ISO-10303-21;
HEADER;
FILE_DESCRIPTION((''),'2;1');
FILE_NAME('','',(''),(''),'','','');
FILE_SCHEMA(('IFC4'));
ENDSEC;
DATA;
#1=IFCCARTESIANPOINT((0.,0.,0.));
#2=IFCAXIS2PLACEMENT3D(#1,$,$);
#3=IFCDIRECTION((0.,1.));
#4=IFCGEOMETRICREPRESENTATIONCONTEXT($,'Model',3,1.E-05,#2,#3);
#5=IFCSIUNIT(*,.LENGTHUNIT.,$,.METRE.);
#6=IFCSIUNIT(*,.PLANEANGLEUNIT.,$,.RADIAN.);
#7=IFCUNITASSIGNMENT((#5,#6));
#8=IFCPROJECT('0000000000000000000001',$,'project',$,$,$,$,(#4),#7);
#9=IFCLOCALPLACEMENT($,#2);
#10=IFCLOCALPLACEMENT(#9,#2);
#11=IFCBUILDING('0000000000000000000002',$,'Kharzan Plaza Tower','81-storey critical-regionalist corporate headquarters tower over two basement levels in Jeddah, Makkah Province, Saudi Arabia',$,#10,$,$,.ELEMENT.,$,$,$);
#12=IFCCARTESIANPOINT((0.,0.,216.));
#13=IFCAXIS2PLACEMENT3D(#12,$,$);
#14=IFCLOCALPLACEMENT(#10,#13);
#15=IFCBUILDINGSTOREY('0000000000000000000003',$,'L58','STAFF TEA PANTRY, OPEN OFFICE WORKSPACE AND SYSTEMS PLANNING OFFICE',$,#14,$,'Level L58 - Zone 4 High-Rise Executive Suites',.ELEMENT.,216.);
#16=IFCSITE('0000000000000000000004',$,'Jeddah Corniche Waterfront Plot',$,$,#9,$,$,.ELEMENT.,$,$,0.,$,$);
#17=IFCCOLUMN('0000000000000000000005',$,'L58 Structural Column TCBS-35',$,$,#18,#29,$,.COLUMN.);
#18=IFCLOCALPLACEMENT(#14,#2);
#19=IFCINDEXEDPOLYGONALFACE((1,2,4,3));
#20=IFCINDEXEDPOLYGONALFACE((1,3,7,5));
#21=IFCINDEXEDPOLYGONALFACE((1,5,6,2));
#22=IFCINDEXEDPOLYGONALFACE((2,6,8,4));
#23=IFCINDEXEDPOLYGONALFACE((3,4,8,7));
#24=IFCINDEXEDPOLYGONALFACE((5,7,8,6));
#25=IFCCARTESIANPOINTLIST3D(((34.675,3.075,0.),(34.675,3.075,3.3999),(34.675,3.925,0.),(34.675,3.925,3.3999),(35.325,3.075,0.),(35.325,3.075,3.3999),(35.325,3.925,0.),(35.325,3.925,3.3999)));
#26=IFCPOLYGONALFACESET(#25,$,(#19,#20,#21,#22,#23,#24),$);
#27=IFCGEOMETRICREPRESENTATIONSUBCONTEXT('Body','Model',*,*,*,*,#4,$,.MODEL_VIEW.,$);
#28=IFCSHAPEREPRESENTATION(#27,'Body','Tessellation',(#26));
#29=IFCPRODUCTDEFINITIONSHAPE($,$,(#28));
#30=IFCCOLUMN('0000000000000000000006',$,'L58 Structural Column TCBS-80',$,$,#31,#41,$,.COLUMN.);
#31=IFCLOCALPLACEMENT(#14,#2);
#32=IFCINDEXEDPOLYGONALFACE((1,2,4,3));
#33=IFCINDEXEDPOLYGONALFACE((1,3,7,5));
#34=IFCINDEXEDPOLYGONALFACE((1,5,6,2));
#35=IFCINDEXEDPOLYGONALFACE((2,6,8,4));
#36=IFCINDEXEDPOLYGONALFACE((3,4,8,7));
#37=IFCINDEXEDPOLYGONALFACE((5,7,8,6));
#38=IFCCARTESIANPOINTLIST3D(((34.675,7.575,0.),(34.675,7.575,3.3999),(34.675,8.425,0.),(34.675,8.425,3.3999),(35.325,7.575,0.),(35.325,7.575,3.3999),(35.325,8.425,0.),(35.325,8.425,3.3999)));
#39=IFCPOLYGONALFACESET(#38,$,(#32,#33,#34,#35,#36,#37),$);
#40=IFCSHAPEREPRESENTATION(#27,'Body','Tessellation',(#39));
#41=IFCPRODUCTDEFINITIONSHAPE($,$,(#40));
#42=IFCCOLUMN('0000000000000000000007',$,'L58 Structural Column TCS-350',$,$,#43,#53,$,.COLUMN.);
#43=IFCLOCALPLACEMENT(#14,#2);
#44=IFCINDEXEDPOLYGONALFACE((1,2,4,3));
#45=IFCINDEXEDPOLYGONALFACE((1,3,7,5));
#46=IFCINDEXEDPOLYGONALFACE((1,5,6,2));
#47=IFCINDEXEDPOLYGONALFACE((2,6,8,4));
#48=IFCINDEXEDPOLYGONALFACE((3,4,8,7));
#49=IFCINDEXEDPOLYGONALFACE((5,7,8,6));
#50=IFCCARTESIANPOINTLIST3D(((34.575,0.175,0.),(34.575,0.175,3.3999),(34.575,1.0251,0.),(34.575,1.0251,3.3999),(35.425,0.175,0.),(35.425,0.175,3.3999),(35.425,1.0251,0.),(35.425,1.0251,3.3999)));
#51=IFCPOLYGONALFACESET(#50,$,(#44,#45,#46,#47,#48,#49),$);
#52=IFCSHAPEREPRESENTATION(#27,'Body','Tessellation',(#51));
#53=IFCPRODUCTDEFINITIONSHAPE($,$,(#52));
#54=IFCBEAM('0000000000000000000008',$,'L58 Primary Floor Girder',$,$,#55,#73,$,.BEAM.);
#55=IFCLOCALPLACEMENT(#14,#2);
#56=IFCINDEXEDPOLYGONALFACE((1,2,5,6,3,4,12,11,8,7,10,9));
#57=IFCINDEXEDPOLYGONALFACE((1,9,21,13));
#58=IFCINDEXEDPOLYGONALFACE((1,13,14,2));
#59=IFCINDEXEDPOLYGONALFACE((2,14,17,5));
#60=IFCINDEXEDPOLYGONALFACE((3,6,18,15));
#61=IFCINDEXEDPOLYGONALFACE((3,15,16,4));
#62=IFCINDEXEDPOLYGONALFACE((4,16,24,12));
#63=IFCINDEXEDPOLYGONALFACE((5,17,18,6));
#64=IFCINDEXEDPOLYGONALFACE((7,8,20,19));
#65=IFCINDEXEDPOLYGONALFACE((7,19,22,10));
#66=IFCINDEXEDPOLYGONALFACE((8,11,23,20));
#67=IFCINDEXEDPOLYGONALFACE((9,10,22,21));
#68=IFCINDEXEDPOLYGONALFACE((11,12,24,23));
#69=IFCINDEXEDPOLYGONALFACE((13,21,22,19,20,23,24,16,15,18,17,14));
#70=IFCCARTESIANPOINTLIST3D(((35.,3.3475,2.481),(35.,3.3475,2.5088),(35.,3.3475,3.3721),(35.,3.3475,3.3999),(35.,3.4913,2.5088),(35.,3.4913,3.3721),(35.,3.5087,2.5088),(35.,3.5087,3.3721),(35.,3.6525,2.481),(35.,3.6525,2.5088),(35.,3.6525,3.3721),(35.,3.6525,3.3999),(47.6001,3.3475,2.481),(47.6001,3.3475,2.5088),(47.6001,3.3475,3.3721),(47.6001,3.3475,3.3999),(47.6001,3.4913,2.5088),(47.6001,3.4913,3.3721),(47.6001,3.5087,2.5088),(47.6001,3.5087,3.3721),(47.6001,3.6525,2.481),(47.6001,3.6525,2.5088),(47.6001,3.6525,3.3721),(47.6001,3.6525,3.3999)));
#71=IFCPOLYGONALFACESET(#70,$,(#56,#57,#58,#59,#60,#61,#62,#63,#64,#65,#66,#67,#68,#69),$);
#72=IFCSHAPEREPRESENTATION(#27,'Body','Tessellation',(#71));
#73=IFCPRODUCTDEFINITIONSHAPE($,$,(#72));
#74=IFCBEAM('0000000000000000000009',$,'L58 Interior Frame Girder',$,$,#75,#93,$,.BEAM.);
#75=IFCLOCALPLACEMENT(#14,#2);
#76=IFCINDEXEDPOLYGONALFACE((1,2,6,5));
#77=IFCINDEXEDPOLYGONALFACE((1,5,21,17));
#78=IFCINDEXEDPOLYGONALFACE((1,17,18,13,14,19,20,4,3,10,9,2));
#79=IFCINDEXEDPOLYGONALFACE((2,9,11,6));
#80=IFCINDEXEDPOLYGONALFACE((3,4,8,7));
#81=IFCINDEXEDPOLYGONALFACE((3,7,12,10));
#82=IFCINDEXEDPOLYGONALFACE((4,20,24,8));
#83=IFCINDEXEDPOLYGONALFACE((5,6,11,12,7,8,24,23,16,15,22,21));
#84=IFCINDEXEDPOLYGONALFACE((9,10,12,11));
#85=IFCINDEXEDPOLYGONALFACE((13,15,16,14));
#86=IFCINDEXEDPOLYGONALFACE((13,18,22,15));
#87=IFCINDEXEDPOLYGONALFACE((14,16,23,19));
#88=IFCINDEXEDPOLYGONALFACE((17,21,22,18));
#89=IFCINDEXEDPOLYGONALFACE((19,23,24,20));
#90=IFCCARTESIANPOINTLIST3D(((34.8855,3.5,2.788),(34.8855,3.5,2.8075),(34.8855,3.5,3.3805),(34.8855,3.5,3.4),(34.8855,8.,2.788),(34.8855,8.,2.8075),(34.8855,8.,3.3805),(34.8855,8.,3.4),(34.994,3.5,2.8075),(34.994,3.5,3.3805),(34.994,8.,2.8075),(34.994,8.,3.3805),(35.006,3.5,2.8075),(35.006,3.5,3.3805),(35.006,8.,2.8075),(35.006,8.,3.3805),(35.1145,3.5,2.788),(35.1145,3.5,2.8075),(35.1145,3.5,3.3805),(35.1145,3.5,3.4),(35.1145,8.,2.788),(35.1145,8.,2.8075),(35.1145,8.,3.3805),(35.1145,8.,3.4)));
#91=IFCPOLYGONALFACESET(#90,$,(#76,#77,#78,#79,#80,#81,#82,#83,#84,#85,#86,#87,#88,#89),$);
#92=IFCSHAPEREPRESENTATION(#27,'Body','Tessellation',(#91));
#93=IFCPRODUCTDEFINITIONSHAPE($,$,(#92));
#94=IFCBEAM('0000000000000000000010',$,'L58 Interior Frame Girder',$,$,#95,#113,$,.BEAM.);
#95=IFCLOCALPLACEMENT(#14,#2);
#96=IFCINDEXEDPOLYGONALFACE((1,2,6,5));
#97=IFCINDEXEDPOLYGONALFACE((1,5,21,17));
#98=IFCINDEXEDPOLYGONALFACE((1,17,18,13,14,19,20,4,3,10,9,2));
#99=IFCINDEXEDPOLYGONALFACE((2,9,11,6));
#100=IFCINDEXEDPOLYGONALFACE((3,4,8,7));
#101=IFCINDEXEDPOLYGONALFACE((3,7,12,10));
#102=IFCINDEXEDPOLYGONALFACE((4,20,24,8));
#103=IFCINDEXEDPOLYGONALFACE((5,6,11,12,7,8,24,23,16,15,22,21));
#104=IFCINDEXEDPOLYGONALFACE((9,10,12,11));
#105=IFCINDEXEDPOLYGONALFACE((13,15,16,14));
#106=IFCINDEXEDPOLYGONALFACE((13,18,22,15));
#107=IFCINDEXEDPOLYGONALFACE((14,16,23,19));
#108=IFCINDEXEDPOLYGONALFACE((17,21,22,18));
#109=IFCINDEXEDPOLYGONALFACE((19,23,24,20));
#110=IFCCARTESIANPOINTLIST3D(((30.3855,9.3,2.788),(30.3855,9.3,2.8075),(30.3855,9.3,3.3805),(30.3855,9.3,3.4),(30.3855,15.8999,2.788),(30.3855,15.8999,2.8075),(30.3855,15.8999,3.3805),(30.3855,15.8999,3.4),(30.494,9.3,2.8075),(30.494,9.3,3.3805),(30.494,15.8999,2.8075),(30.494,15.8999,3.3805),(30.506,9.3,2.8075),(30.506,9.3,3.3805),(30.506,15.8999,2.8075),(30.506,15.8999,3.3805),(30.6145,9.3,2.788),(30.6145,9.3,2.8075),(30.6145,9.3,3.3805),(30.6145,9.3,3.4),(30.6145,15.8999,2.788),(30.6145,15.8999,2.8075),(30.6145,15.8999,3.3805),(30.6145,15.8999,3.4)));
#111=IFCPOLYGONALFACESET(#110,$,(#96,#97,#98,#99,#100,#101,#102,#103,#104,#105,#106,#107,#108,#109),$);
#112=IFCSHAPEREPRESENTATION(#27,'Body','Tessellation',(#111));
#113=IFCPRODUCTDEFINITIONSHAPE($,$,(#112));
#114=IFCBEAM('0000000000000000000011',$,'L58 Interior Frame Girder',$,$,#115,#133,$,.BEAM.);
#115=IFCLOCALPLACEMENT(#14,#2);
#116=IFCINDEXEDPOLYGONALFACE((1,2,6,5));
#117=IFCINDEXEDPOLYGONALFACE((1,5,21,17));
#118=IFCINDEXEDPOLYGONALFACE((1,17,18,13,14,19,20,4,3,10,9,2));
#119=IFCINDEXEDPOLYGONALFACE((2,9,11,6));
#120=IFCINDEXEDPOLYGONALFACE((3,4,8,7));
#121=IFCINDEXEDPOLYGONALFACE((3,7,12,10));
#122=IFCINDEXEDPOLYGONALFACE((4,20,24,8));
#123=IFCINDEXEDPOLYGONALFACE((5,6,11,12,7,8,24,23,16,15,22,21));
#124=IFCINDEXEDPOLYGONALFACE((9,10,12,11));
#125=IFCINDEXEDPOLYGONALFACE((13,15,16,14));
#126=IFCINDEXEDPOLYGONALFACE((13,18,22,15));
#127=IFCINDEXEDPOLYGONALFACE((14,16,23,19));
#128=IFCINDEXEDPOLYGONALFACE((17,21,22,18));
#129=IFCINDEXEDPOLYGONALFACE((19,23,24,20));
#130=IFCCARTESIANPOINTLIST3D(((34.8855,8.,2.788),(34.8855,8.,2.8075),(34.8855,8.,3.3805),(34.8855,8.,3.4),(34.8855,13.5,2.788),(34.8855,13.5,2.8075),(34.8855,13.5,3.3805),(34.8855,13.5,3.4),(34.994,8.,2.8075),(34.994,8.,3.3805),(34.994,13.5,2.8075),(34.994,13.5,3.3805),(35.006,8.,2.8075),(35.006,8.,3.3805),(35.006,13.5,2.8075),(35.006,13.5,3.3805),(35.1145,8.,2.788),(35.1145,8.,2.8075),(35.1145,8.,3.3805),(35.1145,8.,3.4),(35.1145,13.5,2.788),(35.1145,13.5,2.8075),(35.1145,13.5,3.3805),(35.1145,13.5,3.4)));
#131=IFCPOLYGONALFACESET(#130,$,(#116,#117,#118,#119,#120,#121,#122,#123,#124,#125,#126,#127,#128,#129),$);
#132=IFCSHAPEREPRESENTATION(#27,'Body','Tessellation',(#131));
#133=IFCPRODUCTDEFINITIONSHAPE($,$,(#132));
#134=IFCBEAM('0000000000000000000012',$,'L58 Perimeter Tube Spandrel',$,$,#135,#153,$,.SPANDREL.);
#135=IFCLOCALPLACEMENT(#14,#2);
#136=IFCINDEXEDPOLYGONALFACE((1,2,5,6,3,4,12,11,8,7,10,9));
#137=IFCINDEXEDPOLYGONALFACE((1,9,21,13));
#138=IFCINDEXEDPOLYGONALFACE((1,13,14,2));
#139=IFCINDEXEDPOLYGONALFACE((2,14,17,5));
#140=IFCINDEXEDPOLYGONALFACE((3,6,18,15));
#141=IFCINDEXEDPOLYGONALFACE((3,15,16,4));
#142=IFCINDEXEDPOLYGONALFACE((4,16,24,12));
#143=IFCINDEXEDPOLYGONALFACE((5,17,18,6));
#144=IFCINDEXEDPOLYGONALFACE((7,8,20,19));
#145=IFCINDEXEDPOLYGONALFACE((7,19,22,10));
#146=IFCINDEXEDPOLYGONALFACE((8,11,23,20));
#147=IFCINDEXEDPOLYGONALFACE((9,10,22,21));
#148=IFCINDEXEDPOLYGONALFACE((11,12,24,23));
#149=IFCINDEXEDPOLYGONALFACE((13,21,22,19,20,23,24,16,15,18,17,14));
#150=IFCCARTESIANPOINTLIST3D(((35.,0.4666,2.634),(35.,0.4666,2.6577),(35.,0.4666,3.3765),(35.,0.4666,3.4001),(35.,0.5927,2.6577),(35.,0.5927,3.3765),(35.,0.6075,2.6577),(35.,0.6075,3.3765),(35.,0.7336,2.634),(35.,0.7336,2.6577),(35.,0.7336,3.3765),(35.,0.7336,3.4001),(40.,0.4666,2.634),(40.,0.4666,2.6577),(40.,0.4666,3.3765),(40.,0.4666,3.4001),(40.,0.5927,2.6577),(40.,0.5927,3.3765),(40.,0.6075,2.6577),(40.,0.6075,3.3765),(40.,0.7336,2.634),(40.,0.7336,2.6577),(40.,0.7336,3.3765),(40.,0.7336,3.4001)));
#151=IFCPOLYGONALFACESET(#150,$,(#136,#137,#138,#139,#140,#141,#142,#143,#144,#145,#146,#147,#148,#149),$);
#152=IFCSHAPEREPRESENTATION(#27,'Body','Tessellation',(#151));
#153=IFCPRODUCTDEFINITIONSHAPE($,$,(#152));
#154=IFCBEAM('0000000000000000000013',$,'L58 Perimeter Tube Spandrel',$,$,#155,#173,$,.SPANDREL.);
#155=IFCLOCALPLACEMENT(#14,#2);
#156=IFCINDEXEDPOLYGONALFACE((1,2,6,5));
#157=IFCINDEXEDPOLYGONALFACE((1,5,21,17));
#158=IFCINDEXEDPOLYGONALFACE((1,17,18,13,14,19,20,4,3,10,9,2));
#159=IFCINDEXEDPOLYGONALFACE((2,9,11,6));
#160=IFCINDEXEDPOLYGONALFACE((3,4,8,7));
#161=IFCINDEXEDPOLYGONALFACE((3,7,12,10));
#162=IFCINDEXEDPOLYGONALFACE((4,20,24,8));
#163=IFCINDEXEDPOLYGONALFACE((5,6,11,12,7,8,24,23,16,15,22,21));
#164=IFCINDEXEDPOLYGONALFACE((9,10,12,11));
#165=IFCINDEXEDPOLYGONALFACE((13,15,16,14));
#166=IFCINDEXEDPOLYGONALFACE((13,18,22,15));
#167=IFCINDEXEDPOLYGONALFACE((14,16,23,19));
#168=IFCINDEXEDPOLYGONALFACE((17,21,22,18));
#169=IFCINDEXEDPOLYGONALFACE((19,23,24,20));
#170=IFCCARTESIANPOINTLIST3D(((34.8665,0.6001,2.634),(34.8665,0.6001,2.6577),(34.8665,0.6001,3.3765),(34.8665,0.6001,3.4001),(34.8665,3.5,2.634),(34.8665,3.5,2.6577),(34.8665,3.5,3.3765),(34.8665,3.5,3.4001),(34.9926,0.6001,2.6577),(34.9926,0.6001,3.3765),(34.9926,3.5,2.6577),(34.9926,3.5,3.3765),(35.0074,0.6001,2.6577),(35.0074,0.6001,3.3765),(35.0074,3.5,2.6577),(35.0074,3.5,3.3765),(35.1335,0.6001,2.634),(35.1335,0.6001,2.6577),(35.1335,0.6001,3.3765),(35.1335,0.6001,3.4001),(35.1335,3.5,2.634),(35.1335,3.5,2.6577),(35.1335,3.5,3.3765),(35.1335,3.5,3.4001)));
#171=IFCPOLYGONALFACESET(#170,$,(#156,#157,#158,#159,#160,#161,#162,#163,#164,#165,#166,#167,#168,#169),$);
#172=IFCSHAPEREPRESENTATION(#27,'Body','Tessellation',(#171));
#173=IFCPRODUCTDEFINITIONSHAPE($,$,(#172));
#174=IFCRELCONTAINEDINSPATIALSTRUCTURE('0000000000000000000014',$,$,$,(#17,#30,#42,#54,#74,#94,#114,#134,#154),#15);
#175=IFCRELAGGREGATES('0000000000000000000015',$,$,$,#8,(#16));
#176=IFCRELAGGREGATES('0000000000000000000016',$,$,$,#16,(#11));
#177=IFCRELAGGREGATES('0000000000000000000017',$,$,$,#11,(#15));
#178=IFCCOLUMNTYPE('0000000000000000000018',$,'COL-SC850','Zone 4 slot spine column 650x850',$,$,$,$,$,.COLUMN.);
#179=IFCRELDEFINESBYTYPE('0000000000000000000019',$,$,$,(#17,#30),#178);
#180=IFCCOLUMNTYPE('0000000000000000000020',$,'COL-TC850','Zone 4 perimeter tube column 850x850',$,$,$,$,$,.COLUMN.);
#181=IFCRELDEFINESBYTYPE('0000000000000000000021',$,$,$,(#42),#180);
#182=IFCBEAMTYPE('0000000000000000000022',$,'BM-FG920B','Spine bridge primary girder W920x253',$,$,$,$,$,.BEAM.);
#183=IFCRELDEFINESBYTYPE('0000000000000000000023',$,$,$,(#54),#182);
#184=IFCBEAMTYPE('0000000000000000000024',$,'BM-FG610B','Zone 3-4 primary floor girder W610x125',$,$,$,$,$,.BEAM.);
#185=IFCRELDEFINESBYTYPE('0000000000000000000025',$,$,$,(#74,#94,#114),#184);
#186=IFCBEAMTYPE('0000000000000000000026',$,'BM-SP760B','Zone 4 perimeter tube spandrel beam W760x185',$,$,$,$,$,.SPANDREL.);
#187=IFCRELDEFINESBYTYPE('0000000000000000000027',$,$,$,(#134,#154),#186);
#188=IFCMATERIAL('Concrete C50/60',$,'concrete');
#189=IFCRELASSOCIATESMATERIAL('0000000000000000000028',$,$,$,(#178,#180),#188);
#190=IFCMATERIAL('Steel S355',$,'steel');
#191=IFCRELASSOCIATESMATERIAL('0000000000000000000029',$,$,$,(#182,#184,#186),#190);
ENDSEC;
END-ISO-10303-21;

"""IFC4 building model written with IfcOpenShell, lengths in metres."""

from ifc_helpers import new_model, si_unit, direction, frame, origin, origin_2d, place, context, subcontext, project, spatial, rectangle, i_section, extrude, source, transform, mapped, material, material_profile, profile_set, type_object, element, save


model = new_model("IFC4")

# Units and contexts
model_context = context("Model", 3, precision=1e-05, world=origin(), true_north=direction((0.0, 1.0)))
body_context = subcontext(model_context, "Body", "Model", "MODEL_VIEW")
ifc_project = project(units=[si_unit("LENGTHUNIT", "METRE"), si_unit("PLANEANGLEUNIT", "RADIAN")], contexts=[model_context])

# Site, building, storey
site_placement = place(None, origin())
site = spatial("IfcSite", under=ifc_project, at=site_placement, Name="Jeddah Corniche Waterfront Plot", CompositionType="ELEMENT", RefElevation=0.0)
building_placement = place(site_placement, origin())
building = spatial("IfcBuilding", under=site, at=building_placement, Name="Kharzan Plaza Tower", Description="81-storey critical-regionalist corporate headquarters tower over two basement levels in Jeddah, Makkah Province, Saudi Arabia", CompositionType="ELEMENT")
storey_placement = place(building_placement, frame((0.0, 0.0, 216.0)))
storey = spatial("IfcBuildingStorey", under=building, at=storey_placement, Name="L58", Description="STAFF TEA PANTRY, OPEN OFFICE WORKSPACE AND SYSTEMS PLANNING OFFICE", LongName="Level L58 - Zone 4 High-Rise Executive Suites", CompositionType="ELEMENT", Elevation=216.0)

# Columns
ifc_material_1 = material(Name="Concrete C50/60", Category="concrete")
ifc_material_profile_1 = material_profile(ifc_material_1, rectangle(XDim=0.6499, YDim=0.8501, at=origin_2d()), Name="RC-SC850x650")
ifc_profile_set_1 = profile_set([ifc_material_profile_1], Name="Concrete C50/60")
column_type_1 = type_object("IfcColumnType", Name="COL-SC850", Description="Zone 4 slot spine column 650x850", PredefinedType="COLUMN", material=ifc_profile_set_1)
shared_shape_1 = source(origin(), body_context, "Body", "SweptSolid", [
    extrude(rectangle(XDim=0.6499, YDim=0.8501, at=origin_2d()), origin(), (0.0, 0.0, 1.0), 3.3999),
])
for number, where, z_axis, x_axis, name in (
    (1, (35.0, 3.5, 0.0), (0.0, 0.0, 1.0), (1.0, 0.0, 0.0), "L58 Structural Column TCBS-35"),
    (2, (35.0, 8.0, 0.0), (0.0, 0.0, 1.0), (1.0, 0.0, 0.0), "L58 Structural Column TCBS-80"),
):
    element("IfcColumn", number, at=place(storey_placement, frame(where, z_axis=z_axis, x_axis=x_axis)), inside=storey, type_object=column_type_1, Name=name, PredefinedType="COLUMN", context=body_context, shape_type="MappedRepresentation", body=[
        mapped(shared_shape_1, transform((0.0, 0.0, 0.0), x_axis=(1.0, 0.0, 0.0), y_axis=(0.0, 1.0, 0.0), z_axis=(0.0, 0.0, 1.0))),
    ])
ifc_material_profile_2 = material_profile(ifc_material_1, rectangle(XDim=0.8501, YDim=0.8501, at=origin_2d()), Name="RC-TC850x850")
ifc_profile_set_2 = profile_set([ifc_material_profile_2], Name="Concrete C50/60")
column_type_2 = type_object("IfcColumnType", Name="COL-TC850", Description="Zone 4 perimeter tube column 850x850", PredefinedType="COLUMN", material=ifc_profile_set_2)
shared_shape_2 = source(origin(), body_context, "Body", "SweptSolid", [
    extrude(rectangle(XDim=0.8501, YDim=0.8501, at=origin_2d()), origin(), (0.0, 0.0, 1.0), 3.3999),
])
column_placement = place(storey_placement, frame((35.0, 0.6001, 0.0), z_axis=(0.0, 0.0, 1.0), x_axis=(1.0, 0.0, 0.0)))
element("IfcColumn", 3, at=column_placement, inside=storey, type_object=column_type_2, Name="L58 Structural Column TCS-350", PredefinedType="COLUMN", context=body_context, shape_type="MappedRepresentation", body=[
    mapped(shared_shape_2, transform((0.0, 0.0, 0.0), x_axis=(1.0, 0.0, 0.0), y_axis=(0.0, 1.0, 0.0), z_axis=(0.0, 0.0, 1.0))),
])

# Beams
ifc_material_2 = material(Name="Steel S355", Category="steel")
ifc_material_profile_3 = material_profile(ifc_material_2, i_section(OverallWidth=0.3049, OverallDepth=0.9189, WebThickness=0.0173, FlangeThickness=0.0278, at=origin_2d()), Name="W920x253")
ifc_profile_set_3 = profile_set([ifc_material_profile_3], Name="Steel S355")
beam_type_1 = type_object("IfcBeamType", Name="BM-FG920B", Description="Spine bridge primary girder W920x253", PredefinedType="BEAM", material=ifc_profile_set_3)
shared_shape_3 = source(origin(), body_context, "Body", "SweptSolid", [
    extrude(i_section(OverallWidth=0.3049, OverallDepth=0.9189, WebThickness=0.0173, FlangeThickness=0.0278, at=origin_2d()), origin(), (0.0, 0.0, 1.0), 12.6001),
])
beam_1_placement = place(storey_placement, frame((35.0, 3.5, 2.9404), z_axis=(1.0, 0.0, 0.0), x_axis=(0.0, 1.0, 0.0)))
element("IfcBeam", 4, at=beam_1_placement, inside=storey, type_object=beam_type_1, Name="L58 Primary Floor Girder", PredefinedType="BEAM", context=body_context, shape_type="MappedRepresentation", body=[
    mapped(shared_shape_3, transform((0.0, 0.0, 0.0), x_axis=(1.0, 0.0, 0.0), y_axis=(0.0, 1.0, 0.0), z_axis=(0.0, 0.0, 1.0))),
])
ifc_material_profile_4 = material_profile(ifc_material_2, i_section(OverallWidth=0.229, OverallDepth=0.6121, WebThickness=0.012, FlangeThickness=0.0195, at=origin_2d()), Name="W610x125")
ifc_profile_set_4 = profile_set([ifc_material_profile_4], Name="Steel S355")
beam_type_2 = type_object("IfcBeamType", Name="BM-FG610B", Description="Zone 3-4 primary floor girder W610x125", PredefinedType="BEAM", material=ifc_profile_set_4)
shared_shape_4 = source(origin(), body_context, "Body", "SweptSolid", [
    extrude(i_section(OverallWidth=0.229, OverallDepth=0.6121, WebThickness=0.012, FlangeThickness=0.0195, at=origin_2d()), origin(), (0.0, 0.0, 1.0), 4.5),
])
beam_2_placement = place(storey_placement, frame((35.0, 3.5, 3.094), z_axis=(0.0, 1.0, 0.0), x_axis=(-1.0, 0.0, 0.0)))
element("IfcBeam", 5, at=beam_2_placement, inside=storey, type_object=beam_type_2, Name="L58 Interior Frame Girder", PredefinedType="BEAM", context=body_context, shape_type="MappedRepresentation", body=[
    mapped(shared_shape_4, transform((0.0, 0.0, 0.0), x_axis=(1.0, 0.0, 0.0), y_axis=(0.0, 1.0, 0.0), z_axis=(0.0, 0.0, 1.0))),
])
shared_shape_5 = source(origin(), body_context, "Body", "SweptSolid", [
    extrude(i_section(OverallWidth=0.229, OverallDepth=0.6121, WebThickness=0.012, FlangeThickness=0.0195, at=origin_2d()), origin(), (0.0, 0.0, 1.0), 6.5999),
])
beam_3_placement = place(storey_placement, frame((30.5, 9.3, 3.094), z_axis=(0.0, 1.0, 0.0), x_axis=(-1.0, 0.0, 0.0)))
element("IfcBeam", 6, at=beam_3_placement, inside=storey, type_object=beam_type_2, Name="L58 Interior Frame Girder", PredefinedType="BEAM", context=body_context, shape_type="MappedRepresentation", body=[
    mapped(shared_shape_5, transform((0.0, 0.0, 0.0), x_axis=(1.0, 0.0, 0.0), y_axis=(0.0, 1.0, 0.0), z_axis=(0.0, 0.0, 1.0))),
])
shared_shape_6 = source(origin(), body_context, "Body", "SweptSolid", [
    extrude(i_section(OverallWidth=0.229, OverallDepth=0.6121, WebThickness=0.012, FlangeThickness=0.0195, at=origin_2d()), origin(), (0.0, 0.0, 1.0), 5.5),
])
beam_4_placement = place(storey_placement, frame((35.0, 8.0, 3.094), z_axis=(0.0, 1.0, 0.0), x_axis=(-1.0, 0.0, 0.0)))
element("IfcBeam", 7, at=beam_4_placement, inside=storey, type_object=beam_type_2, Name="L58 Interior Frame Girder", PredefinedType="BEAM", context=body_context, shape_type="MappedRepresentation", body=[
    mapped(shared_shape_6, transform((0.0, 0.0, 0.0), x_axis=(1.0, 0.0, 0.0), y_axis=(0.0, 1.0, 0.0), z_axis=(0.0, 0.0, 1.0))),
])
ifc_material_profile_5 = material_profile(ifc_material_2, i_section(OverallWidth=0.2671, OverallDepth=0.7661, WebThickness=0.0149, FlangeThickness=0.0237, at=origin_2d()), Name="W760x185")
ifc_profile_set_5 = profile_set([ifc_material_profile_5], Name="Steel S355")
beam_type_3 = type_object("IfcBeamType", Name="BM-SP760B", Description="Zone 4 perimeter tube spandrel beam W760x185", PredefinedType="SPANDREL", material=ifc_profile_set_5)
shared_shape_7 = source(origin(), body_context, "Body", "SweptSolid", [
    extrude(i_section(OverallWidth=0.2671, OverallDepth=0.7661, WebThickness=0.0149, FlangeThickness=0.0237, at=origin_2d()), origin(), (0.0, 0.0, 1.0), 5.0),
])
beam_5_placement = place(storey_placement, frame((35.0, 0.6001, 3.0171), z_axis=(1.0, 0.0, 0.0), x_axis=(0.0, 1.0, 0.0)))
element("IfcBeam", 8, at=beam_5_placement, inside=storey, type_object=beam_type_3, Name="L58 Perimeter Tube Spandrel", PredefinedType="SPANDREL", context=body_context, shape_type="MappedRepresentation", body=[
    mapped(shared_shape_7, transform((0.0, 0.0, 0.0), x_axis=(1.0, 0.0, 0.0), y_axis=(0.0, 1.0, 0.0), z_axis=(0.0, 0.0, 1.0))),
])
shared_shape_8 = source(origin(), body_context, "Body", "SweptSolid", [
    extrude(i_section(OverallWidth=0.2671, OverallDepth=0.7661, WebThickness=0.0149, FlangeThickness=0.0237, at=origin_2d()), origin(), (0.0, 0.0, 1.0), 2.8999),
])
beam_6_placement = place(storey_placement, frame((35.0, 0.6001, 3.0171), z_axis=(0.0, 1.0, 0.0), x_axis=(-1.0, 0.0, 0.0)))
element("IfcBeam", 9, at=beam_6_placement, inside=storey, type_object=beam_type_3, Name="L58 Perimeter Tube Spandrel", PredefinedType="SPANDREL", context=body_context, shape_type="MappedRepresentation", body=[
    mapped(shared_shape_8, transform((0.0, 0.0, 0.0), x_axis=(1.0, 0.0, 0.0), y_axis=(0.0, 1.0, 0.0), z_axis=(0.0, 0.0, 1.0))),
])

save(model, "model.ifc")
